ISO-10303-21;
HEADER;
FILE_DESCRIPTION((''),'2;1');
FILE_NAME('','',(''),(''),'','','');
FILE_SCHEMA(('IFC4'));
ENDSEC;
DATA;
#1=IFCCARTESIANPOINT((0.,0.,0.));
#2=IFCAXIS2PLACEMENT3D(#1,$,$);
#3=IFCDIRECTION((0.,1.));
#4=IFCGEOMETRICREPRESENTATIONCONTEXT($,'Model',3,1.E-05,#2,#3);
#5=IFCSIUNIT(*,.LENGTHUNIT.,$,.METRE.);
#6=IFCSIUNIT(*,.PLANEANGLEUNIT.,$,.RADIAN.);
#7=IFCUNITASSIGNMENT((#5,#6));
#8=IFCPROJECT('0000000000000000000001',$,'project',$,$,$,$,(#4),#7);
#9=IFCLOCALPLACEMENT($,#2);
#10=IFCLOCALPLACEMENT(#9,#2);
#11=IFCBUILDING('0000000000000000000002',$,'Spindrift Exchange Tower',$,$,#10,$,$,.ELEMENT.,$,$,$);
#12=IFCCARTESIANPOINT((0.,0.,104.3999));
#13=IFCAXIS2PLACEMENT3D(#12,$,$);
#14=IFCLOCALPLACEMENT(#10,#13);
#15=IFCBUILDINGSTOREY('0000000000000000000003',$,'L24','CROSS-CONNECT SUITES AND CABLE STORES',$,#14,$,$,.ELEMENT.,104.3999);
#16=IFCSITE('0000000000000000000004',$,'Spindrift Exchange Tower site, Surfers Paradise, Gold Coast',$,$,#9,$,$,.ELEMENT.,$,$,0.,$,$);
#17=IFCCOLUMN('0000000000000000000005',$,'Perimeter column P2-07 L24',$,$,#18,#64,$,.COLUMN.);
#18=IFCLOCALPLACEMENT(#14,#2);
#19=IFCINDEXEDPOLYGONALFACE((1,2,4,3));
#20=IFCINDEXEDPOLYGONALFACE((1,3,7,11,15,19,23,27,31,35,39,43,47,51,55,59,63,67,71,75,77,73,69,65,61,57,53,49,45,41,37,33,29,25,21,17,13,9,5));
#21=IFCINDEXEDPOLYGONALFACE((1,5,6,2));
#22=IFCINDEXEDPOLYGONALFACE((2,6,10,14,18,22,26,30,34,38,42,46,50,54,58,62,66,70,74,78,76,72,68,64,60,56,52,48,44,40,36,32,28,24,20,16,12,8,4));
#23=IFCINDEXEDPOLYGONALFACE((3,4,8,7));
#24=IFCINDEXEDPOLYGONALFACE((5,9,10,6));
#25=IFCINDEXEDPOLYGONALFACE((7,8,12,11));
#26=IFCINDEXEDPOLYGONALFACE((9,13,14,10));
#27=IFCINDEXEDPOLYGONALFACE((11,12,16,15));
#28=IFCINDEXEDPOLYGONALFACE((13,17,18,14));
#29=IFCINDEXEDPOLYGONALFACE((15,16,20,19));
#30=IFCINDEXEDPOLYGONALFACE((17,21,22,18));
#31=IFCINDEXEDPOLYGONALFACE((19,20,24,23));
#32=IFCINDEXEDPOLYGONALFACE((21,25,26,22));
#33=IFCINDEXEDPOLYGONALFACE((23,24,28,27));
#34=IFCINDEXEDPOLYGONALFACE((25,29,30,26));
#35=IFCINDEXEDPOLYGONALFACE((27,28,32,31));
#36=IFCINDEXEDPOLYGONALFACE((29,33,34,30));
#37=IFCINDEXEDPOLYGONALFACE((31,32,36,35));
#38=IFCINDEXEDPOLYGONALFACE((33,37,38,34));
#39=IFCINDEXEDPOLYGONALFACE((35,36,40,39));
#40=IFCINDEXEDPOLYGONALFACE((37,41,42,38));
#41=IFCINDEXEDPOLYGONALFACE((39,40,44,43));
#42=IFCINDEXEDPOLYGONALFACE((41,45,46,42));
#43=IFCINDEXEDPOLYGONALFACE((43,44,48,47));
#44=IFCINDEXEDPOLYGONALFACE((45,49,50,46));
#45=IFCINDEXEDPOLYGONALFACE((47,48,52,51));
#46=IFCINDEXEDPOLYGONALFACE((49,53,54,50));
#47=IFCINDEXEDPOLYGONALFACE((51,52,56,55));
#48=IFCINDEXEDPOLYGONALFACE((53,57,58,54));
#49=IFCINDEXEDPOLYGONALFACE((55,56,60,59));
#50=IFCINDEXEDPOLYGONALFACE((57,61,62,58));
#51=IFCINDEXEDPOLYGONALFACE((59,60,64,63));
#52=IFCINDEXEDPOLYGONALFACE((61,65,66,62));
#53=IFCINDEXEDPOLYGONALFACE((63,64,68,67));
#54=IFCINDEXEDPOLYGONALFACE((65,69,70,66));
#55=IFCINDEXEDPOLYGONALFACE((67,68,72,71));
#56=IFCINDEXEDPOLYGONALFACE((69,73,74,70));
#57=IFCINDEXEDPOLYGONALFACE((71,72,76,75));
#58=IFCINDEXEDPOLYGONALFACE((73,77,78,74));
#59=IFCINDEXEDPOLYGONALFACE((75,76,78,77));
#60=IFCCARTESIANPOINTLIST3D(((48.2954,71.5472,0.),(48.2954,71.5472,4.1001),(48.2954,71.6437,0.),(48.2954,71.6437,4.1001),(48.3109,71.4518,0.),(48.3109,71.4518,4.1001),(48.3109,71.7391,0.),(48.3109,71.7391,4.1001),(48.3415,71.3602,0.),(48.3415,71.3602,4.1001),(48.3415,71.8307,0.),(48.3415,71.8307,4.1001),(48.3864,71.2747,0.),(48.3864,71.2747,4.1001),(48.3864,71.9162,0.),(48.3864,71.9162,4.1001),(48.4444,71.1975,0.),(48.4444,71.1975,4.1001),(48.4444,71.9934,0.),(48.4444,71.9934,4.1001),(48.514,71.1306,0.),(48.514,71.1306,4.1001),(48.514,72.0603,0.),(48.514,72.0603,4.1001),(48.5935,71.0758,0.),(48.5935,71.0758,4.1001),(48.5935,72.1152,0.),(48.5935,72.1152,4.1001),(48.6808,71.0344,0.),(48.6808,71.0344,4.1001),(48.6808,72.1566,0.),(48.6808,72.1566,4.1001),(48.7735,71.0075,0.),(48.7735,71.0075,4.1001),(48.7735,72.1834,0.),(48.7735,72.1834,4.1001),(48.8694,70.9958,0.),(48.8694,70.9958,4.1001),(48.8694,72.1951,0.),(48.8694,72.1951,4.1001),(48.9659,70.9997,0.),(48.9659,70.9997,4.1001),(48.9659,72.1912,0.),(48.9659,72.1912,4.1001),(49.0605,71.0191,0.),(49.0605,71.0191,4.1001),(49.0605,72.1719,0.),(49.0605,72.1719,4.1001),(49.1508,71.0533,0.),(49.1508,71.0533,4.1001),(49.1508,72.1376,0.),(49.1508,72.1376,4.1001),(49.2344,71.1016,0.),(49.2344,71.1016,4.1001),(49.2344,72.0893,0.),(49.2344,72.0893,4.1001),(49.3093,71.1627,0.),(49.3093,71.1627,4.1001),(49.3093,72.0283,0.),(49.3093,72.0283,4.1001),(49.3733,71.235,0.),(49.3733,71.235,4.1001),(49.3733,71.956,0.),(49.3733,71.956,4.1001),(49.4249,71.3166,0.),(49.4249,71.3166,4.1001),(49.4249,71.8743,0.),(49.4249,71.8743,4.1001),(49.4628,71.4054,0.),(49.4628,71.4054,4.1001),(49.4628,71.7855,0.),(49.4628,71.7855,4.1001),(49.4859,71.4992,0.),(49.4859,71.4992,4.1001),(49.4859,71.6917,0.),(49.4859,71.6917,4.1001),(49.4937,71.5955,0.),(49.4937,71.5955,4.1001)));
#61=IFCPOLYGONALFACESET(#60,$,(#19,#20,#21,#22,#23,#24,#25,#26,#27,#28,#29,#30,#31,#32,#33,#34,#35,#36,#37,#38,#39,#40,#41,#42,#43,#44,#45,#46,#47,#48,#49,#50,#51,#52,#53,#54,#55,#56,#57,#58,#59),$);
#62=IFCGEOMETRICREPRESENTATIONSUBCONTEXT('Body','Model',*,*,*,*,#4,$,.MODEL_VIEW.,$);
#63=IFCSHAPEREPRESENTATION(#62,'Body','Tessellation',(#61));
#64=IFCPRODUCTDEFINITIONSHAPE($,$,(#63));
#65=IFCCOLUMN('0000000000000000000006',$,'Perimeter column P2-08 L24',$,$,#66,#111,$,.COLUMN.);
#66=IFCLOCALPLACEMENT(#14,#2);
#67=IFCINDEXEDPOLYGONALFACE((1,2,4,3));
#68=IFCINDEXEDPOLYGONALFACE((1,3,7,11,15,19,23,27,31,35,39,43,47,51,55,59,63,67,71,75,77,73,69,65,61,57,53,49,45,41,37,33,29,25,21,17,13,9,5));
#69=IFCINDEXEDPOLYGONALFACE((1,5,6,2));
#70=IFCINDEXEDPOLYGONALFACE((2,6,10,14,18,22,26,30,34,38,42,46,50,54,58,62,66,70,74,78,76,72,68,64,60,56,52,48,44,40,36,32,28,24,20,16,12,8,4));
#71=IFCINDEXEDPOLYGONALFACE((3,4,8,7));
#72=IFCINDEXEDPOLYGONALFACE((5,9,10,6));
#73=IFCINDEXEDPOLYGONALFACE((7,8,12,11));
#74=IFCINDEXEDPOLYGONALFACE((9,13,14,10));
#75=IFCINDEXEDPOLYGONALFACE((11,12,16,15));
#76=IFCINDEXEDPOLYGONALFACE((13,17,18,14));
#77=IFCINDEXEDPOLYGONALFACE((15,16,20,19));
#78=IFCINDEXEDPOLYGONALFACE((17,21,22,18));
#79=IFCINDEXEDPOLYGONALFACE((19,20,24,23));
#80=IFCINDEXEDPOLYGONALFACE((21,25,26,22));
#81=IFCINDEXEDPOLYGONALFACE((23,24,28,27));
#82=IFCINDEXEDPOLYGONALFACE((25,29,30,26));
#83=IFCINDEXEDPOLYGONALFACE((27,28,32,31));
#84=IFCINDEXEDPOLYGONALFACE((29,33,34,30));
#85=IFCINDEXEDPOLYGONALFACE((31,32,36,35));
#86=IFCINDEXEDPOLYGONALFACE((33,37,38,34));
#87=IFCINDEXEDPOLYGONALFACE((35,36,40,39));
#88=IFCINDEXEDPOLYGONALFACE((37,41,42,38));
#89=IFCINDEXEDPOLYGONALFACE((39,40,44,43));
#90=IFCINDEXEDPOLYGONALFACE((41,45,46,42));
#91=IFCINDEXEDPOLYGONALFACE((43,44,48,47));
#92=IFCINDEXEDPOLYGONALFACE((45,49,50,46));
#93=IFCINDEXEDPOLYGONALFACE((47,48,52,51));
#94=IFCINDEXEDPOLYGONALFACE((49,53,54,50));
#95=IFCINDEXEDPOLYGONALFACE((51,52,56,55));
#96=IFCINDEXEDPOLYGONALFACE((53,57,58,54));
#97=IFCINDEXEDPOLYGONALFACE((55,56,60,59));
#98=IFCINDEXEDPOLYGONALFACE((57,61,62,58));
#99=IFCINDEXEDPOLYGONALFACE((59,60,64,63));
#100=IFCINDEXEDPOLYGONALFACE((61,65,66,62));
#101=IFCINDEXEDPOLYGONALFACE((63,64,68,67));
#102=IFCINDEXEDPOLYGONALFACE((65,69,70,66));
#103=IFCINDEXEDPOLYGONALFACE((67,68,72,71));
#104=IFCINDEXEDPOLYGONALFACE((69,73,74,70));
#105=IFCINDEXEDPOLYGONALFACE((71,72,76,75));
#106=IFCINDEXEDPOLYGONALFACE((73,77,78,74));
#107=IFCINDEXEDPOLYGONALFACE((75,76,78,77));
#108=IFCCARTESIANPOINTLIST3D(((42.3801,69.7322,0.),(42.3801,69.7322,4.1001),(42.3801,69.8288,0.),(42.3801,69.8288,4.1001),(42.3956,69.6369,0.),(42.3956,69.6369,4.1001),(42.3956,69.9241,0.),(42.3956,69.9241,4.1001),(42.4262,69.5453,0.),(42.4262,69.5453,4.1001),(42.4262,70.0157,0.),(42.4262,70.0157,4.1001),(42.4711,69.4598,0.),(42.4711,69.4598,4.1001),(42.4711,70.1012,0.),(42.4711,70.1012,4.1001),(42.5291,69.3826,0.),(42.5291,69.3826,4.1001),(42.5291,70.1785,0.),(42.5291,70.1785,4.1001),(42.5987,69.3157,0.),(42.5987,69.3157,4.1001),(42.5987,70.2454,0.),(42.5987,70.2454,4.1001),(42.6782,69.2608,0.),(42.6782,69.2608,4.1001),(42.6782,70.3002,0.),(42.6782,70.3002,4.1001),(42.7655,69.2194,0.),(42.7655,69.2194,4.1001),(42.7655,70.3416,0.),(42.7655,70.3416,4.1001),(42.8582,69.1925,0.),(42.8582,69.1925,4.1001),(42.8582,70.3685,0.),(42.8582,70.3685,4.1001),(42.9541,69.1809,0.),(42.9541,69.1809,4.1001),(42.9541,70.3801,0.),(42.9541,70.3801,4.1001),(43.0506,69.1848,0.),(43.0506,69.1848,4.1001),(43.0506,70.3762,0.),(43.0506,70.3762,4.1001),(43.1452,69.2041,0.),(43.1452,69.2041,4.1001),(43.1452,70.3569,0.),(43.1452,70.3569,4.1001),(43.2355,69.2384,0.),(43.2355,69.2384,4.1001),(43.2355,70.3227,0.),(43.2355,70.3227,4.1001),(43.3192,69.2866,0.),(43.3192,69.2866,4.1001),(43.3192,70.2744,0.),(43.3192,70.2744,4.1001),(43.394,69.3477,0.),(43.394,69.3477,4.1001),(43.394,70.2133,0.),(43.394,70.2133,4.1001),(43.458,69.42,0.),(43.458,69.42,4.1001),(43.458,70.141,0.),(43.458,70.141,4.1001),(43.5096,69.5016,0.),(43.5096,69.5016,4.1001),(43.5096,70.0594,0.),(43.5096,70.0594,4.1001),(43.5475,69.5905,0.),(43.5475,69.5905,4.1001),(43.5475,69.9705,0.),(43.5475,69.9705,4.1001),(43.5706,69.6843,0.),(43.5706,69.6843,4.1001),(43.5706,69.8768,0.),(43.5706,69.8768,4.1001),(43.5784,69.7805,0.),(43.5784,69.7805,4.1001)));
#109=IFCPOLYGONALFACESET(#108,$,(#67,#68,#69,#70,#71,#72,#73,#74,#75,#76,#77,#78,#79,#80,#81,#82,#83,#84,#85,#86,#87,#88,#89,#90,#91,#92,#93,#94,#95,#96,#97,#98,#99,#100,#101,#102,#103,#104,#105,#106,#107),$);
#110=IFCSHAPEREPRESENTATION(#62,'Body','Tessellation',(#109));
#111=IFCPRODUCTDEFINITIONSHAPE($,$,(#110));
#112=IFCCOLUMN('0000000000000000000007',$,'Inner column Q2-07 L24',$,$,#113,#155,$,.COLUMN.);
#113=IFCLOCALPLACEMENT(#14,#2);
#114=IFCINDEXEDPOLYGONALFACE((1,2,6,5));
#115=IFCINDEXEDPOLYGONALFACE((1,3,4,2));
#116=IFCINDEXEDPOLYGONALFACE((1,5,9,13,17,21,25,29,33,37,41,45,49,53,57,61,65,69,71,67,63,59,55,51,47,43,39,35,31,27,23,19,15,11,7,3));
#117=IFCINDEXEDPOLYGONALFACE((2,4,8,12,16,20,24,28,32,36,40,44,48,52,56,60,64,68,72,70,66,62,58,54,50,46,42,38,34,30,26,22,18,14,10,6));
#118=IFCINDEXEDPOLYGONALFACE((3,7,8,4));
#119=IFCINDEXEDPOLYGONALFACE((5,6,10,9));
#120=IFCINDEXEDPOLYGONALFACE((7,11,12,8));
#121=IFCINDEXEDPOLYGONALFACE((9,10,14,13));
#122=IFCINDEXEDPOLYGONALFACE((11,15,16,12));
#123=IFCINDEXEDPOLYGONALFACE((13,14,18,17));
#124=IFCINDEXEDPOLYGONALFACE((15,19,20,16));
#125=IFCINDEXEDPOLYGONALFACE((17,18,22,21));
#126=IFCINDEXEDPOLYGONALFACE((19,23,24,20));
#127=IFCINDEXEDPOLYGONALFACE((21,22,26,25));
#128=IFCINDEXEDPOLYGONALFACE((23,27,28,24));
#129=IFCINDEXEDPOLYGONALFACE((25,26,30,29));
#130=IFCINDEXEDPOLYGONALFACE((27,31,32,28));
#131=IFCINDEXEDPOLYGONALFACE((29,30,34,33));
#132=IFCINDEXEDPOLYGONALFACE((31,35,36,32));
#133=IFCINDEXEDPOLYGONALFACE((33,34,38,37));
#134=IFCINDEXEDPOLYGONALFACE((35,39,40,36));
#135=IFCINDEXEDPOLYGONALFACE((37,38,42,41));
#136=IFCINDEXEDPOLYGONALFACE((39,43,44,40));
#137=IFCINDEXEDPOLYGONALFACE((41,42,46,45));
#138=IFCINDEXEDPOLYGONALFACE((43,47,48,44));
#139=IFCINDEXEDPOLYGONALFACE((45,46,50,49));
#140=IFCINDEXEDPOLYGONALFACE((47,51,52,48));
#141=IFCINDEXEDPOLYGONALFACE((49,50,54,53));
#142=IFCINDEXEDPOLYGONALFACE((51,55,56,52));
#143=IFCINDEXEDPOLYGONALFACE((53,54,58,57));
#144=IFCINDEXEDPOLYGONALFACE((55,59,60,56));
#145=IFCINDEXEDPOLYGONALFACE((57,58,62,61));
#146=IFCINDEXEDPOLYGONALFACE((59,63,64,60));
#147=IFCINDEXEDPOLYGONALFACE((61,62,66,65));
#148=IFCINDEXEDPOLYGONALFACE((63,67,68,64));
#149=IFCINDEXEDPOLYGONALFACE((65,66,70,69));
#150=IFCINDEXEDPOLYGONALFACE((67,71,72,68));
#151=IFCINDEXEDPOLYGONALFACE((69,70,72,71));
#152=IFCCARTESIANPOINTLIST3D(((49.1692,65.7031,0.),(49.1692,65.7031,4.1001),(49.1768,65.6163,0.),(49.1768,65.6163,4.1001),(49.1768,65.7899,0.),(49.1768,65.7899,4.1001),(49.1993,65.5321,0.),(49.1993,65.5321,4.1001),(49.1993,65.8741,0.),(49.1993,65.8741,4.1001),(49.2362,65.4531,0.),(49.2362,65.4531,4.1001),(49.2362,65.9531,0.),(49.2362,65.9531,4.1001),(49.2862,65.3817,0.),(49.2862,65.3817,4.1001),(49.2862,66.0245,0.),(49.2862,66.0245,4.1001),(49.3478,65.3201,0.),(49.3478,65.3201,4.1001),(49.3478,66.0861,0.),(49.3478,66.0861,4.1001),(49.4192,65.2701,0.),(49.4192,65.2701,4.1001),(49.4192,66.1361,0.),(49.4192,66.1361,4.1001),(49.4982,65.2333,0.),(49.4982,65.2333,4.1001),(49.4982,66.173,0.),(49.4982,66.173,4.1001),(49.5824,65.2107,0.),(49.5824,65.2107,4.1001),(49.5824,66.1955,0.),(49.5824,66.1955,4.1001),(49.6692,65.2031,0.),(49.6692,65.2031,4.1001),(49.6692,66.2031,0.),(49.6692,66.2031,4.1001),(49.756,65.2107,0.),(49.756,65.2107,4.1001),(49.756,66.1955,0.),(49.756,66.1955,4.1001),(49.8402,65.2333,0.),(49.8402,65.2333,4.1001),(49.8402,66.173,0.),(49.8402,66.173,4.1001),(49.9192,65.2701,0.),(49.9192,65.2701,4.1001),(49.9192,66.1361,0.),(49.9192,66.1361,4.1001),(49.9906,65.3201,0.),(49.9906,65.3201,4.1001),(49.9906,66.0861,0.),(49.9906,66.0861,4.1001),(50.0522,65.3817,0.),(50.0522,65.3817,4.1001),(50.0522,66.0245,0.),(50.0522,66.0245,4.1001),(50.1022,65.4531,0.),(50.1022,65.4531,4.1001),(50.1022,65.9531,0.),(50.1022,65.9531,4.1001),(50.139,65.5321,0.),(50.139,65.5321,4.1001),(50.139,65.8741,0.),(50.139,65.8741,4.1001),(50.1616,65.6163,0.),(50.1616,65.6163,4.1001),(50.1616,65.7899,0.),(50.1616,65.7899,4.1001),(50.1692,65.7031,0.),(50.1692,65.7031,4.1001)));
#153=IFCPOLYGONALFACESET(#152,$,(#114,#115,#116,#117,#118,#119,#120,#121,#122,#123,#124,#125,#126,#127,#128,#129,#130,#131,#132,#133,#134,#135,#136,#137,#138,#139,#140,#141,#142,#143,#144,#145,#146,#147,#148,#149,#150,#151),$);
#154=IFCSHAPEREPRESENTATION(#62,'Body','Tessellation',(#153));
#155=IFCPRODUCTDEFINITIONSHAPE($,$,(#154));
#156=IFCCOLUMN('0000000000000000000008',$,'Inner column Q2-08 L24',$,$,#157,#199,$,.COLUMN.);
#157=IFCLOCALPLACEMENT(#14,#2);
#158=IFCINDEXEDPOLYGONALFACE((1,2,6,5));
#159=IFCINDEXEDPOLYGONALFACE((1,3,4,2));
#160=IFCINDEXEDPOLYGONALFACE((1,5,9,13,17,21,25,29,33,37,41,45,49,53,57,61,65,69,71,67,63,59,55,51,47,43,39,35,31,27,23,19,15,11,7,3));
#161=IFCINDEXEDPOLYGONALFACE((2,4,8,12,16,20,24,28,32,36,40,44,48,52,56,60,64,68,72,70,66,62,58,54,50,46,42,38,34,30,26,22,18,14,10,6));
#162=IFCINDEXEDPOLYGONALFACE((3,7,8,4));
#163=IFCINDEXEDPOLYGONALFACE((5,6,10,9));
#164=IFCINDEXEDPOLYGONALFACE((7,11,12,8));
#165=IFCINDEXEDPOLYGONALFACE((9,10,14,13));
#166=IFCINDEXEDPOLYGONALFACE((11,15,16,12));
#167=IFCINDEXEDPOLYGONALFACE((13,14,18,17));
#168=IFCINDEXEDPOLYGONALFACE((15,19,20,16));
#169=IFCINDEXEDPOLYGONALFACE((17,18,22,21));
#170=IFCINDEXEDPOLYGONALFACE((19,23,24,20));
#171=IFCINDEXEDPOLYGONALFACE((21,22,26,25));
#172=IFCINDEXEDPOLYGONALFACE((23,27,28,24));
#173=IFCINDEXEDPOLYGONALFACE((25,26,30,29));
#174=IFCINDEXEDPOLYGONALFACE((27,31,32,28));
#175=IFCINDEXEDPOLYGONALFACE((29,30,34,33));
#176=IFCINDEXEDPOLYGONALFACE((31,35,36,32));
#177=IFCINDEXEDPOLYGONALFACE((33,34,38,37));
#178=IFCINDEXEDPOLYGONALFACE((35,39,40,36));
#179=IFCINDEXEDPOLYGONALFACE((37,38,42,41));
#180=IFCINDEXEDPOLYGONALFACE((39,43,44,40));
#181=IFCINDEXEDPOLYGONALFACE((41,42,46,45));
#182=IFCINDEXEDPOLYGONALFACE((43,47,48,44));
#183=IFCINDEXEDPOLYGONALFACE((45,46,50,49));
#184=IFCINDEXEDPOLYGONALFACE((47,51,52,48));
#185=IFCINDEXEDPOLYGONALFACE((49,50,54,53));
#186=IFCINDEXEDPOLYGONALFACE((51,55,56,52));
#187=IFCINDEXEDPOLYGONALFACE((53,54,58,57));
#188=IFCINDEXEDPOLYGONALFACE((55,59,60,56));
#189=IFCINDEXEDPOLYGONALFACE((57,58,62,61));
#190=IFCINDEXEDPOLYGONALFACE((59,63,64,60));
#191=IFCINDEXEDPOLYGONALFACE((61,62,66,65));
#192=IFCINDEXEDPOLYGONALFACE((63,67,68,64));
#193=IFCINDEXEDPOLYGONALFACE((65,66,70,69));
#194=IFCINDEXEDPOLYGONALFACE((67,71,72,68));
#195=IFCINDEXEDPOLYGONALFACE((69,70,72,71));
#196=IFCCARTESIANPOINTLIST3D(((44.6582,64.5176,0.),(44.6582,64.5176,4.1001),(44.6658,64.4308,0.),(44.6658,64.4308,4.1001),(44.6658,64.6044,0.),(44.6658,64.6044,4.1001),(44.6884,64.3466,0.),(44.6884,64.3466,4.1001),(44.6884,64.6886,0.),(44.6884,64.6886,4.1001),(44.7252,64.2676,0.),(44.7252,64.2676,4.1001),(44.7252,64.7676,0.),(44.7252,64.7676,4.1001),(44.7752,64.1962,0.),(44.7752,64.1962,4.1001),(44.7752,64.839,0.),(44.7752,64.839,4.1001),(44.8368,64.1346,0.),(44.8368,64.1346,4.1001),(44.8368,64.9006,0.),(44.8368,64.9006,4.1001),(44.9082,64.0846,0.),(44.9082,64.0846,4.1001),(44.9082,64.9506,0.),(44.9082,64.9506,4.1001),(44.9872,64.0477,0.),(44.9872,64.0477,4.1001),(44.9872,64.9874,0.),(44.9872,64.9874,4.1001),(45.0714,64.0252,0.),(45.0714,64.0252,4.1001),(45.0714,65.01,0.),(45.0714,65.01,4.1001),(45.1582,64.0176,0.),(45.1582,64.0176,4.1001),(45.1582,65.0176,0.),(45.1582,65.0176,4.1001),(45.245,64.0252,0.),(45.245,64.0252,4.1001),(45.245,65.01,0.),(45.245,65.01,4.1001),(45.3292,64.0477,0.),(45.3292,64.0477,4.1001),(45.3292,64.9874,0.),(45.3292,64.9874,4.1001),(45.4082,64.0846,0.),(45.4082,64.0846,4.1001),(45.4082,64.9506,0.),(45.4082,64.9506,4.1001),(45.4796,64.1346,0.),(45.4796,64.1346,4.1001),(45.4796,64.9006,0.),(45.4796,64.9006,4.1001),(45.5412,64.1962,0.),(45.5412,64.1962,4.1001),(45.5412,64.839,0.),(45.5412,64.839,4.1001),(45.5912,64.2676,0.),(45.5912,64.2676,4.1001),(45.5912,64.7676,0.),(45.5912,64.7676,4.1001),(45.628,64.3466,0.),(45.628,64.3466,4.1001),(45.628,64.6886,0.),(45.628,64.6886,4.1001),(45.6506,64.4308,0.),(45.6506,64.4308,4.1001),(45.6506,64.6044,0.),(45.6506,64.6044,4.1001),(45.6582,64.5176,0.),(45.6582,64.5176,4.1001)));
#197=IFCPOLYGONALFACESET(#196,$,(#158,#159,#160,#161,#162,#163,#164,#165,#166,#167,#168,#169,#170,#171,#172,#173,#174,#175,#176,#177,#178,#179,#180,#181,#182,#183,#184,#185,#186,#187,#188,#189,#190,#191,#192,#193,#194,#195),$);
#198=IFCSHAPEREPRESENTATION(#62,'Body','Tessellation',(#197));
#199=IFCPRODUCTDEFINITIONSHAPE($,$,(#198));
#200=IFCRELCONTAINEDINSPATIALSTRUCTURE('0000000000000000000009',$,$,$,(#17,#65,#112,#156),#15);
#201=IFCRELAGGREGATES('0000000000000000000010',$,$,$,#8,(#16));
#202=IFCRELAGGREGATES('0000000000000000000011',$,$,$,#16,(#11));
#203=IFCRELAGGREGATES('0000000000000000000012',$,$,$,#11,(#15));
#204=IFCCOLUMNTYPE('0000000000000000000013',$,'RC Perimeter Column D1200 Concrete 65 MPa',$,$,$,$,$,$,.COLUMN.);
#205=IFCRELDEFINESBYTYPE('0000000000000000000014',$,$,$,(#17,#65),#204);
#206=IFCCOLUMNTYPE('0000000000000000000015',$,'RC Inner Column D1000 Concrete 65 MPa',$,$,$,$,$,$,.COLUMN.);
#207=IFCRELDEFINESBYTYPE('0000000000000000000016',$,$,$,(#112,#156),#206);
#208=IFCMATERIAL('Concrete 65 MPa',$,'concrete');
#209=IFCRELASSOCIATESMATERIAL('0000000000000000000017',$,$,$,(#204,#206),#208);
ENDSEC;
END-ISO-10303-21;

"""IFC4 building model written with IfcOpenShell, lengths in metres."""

from ifc_helpers import new_model, si_unit, direction, frame, origin, origin_2d, place, context, subcontext, project, spatial, circle, extrude, source, transform, mapped, material, material_profile, profile_set, type_object, element, save


model = new_model("IFC4")

# Units and contexts
model_context = context("Model", 3, precision=1e-05, world=origin(), true_north=direction((0.0, 1.0)))
body_context = subcontext(model_context, "Body", "Model", "MODEL_VIEW")
ifc_project = project(units=[si_unit("LENGTHUNIT", "METRE"), si_unit("PLANEANGLEUNIT", "RADIAN")], contexts=[model_context])

# Site, building, storey
site_placement = place(None, origin())
site = spatial("IfcSite", under=ifc_project, at=site_placement, Name="Spindrift Exchange Tower site, Surfers Paradise, Gold Coast", CompositionType="ELEMENT", RefElevation=0.0)
building_placement = place(site_placement, origin())
building = spatial("IfcBuilding", under=site, at=building_placement, Name="Spindrift Exchange Tower", CompositionType="ELEMENT")
storey_placement = place(building_placement, frame((0.0, 0.0, 104.3999)))
storey = spatial("IfcBuildingStorey", under=building, at=storey_placement, Name="L24", Description="CROSS-CONNECT SUITES AND CABLE STORES", CompositionType="ELEMENT", Elevation=104.3999)

# Columns
ifc_material_1 = material(Name="Concrete 65 MPa", Category="concrete")
ifc_material_profile_1 = material_profile(ifc_material_1, circle(Radius=0.6001, at=origin_2d()), Name="RC D1200")
ifc_profile_set_1 = profile_set([ifc_material_profile_1], Name="Concrete 65 MPa")
column_type_1 = type_object("IfcColumnType", Name="RC Perimeter Column D1200 Concrete 65 MPa", PredefinedType="COLUMN", material=ifc_profile_set_1)
shared_shape_1 = source(origin(), body_context, "Body", "SweptSolid", [
    extrude(circle(Radius=0.6001, at=origin_2d()), origin(), (0.0, 0.0, 1.0), 4.1001),
])
for number, where, z_axis, x_axis, name in (
    (1, (48.8936, 71.5955, 0.0), (0.0, 0.0, 1.0), (1.0, 0.0, 0.0), "Perimeter column P2-07 L24"),
    (2, (42.9783, 69.7805, 0.0), (0.0, 0.0, 1.0), (1.0, 0.0, 0.0), "Perimeter column P2-08 L24"),
):
    element("IfcColumn", number, at=place(storey_placement, frame(where, z_axis=z_axis, x_axis=x_axis)), inside=storey, type_object=column_type_1, Name=name, PredefinedType="COLUMN", context=body_context, shape_type="MappedRepresentation", body=[
        mapped(shared_shape_1, transform((0.0, 0.0, 0.0), scale=1.0)),
    ])
ifc_material_profile_2 = material_profile(ifc_material_1, circle(Radius=0.5, at=origin_2d()), Name="RC D1000")
ifc_profile_set_2 = profile_set([ifc_material_profile_2], Name="Concrete 65 MPa")
column_type_2 = type_object("IfcColumnType", Name="RC Inner Column D1000 Concrete 65 MPa", PredefinedType="COLUMN", material=ifc_profile_set_2)
shared_shape_2 = source(origin(), body_context, "Body", "SweptSolid", [
    extrude(circle(Radius=0.5, at=origin_2d()), origin(), (0.0, 0.0, 1.0), 4.1001),
])
for number, where, z_axis, x_axis, name in (
    (3, (49.6692, 65.7031, 0.0), (0.0, 0.0, 1.0), (1.0, 0.0, 0.0), "Inner column Q2-07 L24"),
    (4, (45.1582, 64.5176, 0.0), (0.0, 0.0, 1.0), (1.0, 0.0, 0.0), "Inner column Q2-08 L24"),
):
    element("IfcColumn", number, at=place(storey_placement, frame(where, z_axis=z_axis, x_axis=x_axis)), inside=storey, type_object=column_type_2, Name=name, PredefinedType="COLUMN", context=body_context, shape_type="MappedRepresentation", body=[
        mapped(shared_shape_2, transform((0.0, 0.0, 0.0), scale=1.0)),
    ])

save(model, "model.ifc")
